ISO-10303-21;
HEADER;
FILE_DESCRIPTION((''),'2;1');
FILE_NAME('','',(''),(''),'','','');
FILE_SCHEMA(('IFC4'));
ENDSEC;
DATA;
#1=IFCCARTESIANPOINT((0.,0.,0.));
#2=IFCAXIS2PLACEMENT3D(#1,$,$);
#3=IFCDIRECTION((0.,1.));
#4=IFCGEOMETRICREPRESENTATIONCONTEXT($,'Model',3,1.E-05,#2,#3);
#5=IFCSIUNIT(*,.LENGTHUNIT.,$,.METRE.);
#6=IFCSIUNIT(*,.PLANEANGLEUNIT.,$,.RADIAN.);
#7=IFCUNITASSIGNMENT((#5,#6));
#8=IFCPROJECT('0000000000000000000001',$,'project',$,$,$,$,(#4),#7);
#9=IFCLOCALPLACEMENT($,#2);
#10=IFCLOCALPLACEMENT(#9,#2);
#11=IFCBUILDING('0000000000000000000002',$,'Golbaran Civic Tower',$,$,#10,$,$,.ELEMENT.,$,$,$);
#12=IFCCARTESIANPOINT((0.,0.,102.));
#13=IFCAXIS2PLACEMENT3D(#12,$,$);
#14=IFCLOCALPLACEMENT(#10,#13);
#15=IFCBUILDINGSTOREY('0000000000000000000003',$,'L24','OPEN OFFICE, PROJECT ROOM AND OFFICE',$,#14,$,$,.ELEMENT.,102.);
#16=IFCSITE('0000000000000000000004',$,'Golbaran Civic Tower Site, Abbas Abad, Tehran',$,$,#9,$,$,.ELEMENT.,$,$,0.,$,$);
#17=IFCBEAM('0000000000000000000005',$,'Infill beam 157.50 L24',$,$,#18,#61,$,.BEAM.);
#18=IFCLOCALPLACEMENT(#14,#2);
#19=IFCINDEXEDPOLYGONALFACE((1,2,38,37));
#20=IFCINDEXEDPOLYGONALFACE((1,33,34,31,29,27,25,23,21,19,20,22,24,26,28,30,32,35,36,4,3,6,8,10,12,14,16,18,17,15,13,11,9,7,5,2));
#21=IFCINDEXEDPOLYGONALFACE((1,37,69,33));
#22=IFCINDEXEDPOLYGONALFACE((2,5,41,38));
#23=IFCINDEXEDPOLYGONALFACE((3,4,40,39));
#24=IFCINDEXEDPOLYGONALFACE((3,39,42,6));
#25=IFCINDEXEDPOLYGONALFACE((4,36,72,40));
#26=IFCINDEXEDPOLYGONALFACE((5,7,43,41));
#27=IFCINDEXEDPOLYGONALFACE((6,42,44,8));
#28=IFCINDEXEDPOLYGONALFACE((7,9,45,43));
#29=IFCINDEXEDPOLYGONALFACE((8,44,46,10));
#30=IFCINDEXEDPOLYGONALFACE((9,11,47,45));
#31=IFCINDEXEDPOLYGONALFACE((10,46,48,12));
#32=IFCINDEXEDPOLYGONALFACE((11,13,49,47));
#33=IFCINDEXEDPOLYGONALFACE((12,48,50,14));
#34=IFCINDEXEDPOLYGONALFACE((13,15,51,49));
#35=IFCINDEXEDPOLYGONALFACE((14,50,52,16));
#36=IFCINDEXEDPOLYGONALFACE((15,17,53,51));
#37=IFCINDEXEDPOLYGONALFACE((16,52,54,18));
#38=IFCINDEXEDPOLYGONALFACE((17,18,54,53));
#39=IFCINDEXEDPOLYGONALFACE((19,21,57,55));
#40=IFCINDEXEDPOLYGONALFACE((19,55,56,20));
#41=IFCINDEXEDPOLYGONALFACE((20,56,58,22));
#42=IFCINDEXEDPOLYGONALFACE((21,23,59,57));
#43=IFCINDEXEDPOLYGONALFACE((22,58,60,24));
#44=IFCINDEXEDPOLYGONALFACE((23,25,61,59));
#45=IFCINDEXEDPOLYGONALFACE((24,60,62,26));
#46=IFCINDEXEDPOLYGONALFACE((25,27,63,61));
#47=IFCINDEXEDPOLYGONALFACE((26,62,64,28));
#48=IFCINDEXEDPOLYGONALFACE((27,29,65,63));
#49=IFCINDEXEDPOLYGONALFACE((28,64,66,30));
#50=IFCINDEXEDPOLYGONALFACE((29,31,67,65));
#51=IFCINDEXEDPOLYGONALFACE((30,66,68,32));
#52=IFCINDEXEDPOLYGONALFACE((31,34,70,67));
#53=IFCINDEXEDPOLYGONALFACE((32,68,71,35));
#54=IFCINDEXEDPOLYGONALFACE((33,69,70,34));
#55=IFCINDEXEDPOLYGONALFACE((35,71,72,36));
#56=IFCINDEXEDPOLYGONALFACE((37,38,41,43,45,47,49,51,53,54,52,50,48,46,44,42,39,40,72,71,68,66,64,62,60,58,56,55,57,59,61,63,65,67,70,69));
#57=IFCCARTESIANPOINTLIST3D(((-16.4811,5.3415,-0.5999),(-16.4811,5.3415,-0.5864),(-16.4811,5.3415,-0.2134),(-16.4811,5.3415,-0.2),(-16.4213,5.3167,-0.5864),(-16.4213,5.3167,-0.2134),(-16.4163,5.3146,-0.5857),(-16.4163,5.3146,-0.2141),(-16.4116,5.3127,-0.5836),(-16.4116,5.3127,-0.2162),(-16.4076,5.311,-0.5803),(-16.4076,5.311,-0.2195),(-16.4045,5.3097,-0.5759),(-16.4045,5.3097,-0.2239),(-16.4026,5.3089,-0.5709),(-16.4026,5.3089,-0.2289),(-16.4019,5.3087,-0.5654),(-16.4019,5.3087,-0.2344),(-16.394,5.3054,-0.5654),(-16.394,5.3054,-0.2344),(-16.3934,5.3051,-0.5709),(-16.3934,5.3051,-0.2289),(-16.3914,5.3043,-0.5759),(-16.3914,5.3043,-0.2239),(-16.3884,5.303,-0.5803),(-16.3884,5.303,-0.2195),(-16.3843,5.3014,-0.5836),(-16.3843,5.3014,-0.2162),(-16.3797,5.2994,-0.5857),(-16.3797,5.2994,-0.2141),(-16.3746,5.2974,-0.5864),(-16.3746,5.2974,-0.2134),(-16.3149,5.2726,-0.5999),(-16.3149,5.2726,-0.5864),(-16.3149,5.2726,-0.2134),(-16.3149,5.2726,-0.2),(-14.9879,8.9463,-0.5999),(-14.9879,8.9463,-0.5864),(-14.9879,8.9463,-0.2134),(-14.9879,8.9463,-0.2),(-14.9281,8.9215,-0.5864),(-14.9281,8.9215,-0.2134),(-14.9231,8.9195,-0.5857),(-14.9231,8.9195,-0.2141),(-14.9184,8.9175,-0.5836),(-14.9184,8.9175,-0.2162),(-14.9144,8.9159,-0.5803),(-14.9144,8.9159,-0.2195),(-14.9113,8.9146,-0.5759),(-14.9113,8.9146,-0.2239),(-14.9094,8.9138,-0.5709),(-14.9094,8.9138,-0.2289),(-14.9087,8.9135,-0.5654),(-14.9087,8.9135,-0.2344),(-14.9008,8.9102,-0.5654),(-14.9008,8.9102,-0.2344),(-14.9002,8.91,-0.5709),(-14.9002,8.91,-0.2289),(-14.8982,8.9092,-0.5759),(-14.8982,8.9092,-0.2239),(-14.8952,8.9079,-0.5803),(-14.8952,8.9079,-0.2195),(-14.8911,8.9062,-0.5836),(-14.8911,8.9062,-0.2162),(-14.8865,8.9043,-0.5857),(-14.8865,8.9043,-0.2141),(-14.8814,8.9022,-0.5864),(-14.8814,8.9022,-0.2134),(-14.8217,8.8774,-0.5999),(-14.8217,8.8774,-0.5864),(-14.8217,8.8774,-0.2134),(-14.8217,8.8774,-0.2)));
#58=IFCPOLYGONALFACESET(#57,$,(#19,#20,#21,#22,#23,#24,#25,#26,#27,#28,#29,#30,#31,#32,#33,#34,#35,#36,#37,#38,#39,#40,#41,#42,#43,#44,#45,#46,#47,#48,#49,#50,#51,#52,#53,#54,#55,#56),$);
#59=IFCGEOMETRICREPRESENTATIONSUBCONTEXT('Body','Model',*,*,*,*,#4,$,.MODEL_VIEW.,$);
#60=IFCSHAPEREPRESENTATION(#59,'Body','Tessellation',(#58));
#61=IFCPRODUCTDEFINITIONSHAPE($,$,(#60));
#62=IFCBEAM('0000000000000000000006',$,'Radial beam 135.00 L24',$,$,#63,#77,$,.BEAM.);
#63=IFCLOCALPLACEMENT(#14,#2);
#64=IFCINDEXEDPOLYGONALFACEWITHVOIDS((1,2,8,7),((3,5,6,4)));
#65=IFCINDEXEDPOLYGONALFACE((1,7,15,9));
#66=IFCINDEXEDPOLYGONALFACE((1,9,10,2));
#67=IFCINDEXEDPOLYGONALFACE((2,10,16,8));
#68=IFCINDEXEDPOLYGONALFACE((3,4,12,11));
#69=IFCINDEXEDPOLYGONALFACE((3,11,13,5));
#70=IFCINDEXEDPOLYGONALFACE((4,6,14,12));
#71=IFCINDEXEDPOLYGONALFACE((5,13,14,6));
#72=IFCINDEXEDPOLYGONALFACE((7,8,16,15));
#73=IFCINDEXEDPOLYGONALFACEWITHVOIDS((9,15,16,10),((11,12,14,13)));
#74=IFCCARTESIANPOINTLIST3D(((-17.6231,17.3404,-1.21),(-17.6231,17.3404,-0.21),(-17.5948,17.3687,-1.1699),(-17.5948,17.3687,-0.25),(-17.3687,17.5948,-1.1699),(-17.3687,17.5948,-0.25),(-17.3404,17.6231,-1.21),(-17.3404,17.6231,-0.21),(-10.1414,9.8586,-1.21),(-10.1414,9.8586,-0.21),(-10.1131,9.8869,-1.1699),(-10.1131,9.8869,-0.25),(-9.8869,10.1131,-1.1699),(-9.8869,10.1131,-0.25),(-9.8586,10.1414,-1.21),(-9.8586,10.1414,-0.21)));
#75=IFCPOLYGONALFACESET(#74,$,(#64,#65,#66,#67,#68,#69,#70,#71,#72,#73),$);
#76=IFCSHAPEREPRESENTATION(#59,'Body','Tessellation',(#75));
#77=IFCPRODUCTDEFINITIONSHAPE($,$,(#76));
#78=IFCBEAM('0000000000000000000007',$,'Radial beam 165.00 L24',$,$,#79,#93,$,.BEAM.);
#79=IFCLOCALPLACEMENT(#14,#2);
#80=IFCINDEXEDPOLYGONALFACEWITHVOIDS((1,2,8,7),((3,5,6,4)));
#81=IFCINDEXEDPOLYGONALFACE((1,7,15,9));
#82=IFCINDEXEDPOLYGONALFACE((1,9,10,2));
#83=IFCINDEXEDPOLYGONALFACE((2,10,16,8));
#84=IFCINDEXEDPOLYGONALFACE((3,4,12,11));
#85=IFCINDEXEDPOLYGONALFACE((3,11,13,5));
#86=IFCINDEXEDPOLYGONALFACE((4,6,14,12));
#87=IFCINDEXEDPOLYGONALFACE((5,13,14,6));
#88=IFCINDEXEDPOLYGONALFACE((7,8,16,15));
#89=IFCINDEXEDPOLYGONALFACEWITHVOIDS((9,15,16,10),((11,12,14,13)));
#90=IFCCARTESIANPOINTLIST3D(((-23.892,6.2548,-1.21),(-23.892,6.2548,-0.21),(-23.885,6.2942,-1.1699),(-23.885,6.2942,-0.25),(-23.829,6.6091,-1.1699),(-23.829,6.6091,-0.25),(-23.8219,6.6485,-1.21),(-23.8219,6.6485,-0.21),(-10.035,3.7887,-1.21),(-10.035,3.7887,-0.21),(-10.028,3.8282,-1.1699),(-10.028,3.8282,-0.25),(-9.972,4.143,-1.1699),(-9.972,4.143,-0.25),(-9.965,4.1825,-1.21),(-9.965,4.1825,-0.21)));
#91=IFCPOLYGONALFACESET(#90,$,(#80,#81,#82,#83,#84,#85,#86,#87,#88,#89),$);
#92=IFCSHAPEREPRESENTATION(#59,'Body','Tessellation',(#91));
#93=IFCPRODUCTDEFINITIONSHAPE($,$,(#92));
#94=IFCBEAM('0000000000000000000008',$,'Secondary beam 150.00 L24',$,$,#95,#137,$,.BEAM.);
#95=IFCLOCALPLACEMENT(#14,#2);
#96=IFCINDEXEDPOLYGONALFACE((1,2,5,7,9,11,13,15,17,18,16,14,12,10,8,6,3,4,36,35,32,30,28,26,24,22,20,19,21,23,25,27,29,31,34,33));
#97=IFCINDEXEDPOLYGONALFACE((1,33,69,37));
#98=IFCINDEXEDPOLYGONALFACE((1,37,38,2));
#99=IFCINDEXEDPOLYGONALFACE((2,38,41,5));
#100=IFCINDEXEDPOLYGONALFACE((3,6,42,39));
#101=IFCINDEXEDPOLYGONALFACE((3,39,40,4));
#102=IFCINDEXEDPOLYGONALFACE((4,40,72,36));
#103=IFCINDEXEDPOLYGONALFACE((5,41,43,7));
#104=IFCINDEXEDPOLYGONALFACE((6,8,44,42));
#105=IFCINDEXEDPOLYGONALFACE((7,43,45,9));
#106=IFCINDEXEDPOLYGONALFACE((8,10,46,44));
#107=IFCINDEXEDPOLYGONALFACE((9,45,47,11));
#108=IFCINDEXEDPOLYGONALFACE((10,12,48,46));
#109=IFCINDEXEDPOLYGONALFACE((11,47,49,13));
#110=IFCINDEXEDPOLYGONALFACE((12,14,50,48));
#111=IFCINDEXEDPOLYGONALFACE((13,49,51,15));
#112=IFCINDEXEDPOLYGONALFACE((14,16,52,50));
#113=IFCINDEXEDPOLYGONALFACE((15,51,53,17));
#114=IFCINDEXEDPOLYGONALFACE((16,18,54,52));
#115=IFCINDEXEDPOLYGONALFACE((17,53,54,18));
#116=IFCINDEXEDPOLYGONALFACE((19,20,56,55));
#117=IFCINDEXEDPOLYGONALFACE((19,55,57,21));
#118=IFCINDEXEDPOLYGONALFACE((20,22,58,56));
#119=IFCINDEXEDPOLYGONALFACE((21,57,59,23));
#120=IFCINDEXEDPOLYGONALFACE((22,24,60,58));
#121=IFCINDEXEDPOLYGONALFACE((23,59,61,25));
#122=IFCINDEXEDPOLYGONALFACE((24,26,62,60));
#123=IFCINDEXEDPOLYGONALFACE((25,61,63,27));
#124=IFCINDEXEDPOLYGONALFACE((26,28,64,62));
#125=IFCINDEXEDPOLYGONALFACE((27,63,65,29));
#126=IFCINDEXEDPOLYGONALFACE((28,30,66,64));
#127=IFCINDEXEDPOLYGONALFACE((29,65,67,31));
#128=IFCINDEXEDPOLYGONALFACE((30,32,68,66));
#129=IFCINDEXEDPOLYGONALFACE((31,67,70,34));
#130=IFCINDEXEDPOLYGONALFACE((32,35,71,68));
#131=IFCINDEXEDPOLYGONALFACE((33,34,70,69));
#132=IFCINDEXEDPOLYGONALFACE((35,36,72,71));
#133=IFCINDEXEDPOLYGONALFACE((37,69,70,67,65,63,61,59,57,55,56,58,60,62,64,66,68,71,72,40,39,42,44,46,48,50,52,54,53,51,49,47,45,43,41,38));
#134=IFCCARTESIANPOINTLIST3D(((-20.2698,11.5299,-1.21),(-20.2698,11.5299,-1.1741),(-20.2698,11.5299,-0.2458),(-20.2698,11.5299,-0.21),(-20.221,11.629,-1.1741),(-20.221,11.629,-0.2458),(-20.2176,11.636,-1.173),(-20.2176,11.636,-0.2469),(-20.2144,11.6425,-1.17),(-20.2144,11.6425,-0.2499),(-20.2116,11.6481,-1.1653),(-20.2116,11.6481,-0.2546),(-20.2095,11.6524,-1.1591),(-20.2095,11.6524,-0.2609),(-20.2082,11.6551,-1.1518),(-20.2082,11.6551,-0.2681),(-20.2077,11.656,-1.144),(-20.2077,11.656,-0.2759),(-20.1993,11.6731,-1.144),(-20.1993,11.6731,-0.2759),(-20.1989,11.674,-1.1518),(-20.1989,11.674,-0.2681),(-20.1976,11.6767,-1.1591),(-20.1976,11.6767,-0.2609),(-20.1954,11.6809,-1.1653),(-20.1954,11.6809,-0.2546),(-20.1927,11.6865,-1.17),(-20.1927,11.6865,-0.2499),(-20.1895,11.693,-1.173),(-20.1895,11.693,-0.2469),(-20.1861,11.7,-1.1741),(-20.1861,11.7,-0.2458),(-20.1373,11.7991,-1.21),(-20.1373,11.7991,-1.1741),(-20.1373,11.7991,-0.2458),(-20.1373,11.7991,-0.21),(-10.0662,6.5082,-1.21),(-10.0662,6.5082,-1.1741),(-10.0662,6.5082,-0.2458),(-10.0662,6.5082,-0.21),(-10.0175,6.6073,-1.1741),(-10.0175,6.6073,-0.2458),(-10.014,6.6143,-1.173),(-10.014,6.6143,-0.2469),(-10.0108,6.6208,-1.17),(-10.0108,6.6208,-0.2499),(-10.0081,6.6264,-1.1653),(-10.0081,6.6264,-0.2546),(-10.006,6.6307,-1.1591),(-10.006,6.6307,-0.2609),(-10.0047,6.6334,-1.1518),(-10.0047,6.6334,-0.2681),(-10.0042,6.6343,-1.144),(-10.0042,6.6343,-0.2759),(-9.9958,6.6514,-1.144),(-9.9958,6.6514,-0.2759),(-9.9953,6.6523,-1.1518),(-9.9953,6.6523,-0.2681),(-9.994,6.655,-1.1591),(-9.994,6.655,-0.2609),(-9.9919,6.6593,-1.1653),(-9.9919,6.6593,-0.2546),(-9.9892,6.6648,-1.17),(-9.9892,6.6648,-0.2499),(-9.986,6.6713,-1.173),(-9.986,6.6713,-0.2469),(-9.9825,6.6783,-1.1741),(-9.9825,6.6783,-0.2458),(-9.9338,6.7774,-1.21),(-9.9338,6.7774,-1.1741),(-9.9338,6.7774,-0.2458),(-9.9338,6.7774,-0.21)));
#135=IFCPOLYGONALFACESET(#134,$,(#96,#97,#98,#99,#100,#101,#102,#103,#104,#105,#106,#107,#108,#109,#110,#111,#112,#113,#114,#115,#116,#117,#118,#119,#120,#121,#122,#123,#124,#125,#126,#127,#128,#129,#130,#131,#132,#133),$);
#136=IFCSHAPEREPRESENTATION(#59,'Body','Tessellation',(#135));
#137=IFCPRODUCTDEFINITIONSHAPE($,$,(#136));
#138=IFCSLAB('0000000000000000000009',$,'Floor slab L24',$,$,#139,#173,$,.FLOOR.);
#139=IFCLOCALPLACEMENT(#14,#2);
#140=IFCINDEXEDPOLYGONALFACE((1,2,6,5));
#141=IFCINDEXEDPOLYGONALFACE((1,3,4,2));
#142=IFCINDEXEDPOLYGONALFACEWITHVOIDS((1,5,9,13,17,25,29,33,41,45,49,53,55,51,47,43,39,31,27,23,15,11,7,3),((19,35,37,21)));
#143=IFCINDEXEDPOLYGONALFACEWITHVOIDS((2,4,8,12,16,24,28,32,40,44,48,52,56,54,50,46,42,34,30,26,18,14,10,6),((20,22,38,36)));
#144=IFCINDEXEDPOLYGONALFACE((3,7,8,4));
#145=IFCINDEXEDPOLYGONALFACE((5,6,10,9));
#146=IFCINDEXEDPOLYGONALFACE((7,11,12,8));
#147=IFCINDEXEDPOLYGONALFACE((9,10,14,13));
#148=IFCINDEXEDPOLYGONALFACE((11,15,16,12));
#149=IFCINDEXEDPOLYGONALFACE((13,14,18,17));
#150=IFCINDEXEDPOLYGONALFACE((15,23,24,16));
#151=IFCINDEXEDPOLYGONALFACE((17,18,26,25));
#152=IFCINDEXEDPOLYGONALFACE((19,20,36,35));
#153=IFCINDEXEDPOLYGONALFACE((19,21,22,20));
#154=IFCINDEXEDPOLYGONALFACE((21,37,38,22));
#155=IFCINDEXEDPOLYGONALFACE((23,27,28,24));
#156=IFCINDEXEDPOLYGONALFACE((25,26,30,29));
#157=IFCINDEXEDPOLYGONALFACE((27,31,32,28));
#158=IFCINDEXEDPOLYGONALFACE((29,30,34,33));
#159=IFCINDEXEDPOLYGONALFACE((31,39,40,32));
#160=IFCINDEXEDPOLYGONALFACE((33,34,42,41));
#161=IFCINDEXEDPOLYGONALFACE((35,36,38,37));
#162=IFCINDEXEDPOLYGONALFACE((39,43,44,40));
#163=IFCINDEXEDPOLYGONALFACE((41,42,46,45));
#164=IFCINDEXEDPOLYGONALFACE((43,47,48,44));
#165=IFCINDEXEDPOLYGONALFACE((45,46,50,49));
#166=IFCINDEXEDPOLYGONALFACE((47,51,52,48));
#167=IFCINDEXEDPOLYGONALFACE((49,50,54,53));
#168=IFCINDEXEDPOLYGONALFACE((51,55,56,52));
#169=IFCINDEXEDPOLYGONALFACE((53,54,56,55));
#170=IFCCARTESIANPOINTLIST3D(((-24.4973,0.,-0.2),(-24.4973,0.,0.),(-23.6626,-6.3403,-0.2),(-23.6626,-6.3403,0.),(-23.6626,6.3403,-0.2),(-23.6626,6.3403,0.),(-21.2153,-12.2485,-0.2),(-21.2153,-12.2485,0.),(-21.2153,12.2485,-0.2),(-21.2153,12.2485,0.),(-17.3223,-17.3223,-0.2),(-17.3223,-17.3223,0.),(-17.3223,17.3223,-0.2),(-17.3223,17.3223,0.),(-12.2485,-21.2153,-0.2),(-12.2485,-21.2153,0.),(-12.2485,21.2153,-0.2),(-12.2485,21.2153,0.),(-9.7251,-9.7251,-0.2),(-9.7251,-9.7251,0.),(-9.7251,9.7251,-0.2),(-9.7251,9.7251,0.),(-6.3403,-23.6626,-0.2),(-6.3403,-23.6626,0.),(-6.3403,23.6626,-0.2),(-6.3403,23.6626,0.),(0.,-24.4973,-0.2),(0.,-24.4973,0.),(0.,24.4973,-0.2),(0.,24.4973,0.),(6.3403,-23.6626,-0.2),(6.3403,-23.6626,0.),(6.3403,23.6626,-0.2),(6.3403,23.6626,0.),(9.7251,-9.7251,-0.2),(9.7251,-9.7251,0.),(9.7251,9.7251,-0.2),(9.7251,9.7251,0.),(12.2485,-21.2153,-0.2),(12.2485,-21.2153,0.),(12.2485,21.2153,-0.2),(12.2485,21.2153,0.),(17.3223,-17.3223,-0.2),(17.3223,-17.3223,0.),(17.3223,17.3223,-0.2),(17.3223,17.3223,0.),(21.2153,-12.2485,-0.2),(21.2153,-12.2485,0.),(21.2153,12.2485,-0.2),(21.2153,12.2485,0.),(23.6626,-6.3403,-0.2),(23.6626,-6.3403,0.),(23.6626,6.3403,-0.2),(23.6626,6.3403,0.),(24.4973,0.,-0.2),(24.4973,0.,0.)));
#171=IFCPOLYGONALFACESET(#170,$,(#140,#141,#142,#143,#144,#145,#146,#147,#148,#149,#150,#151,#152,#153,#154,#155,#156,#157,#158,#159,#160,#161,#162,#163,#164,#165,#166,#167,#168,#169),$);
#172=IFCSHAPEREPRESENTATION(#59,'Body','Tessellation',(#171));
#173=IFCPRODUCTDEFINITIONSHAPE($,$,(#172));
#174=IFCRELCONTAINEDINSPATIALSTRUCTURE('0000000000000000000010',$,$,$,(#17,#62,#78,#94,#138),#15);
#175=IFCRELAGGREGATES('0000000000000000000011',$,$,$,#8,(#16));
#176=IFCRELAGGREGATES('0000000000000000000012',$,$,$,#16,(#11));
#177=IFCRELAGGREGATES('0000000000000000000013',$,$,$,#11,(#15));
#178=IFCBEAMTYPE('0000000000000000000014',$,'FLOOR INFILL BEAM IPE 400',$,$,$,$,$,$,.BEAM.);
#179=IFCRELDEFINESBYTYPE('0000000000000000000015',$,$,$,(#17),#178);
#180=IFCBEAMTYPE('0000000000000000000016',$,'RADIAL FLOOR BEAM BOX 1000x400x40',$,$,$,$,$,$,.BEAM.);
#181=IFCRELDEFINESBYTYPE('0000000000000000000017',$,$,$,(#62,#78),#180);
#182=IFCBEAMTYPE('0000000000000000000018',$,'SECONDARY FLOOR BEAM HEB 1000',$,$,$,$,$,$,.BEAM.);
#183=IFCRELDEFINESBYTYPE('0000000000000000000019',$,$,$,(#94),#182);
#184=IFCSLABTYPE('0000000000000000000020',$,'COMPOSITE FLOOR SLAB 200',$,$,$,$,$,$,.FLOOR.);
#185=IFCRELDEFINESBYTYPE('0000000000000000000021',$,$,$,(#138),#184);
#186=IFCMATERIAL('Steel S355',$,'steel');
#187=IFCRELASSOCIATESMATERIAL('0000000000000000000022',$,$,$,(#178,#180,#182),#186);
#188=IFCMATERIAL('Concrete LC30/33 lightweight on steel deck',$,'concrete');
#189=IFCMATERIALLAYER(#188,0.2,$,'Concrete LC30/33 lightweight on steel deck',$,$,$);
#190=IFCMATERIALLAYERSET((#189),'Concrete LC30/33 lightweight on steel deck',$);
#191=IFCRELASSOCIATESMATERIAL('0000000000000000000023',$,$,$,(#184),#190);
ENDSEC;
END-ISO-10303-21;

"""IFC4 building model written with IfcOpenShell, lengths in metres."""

from ifc_helpers import new_model, si_unit, direction, frame, origin, origin_2d, place, context, subcontext, project, spatial, polyline, hollow_rectangle, i_section, outline, extrude, material, layer, layer_set, material_profile, profile_set, type_object, element, save


model = new_model("IFC4")

# Units and contexts
model_context = context("Model", 3, precision=1e-05, world=origin(), true_north=direction((0.0, 1.0)))
body_context = subcontext(model_context, "Body", "Model", "MODEL_VIEW")
ifc_project = project(units=[si_unit("LENGTHUNIT", "METRE"), si_unit("PLANEANGLEUNIT", "RADIAN")], contexts=[model_context])

# Site, building, storey
site_placement = place(None, origin())
site = spatial("IfcSite", under=ifc_project, at=site_placement, Name="Golbaran Civic Tower Site, Abbas Abad, Tehran", CompositionType="ELEMENT", RefElevation=0.0)
building_placement = place(site_placement, origin())
building = spatial("IfcBuilding", under=site, at=building_placement, Name="Golbaran Civic Tower", CompositionType="ELEMENT")
storey_placement = place(building_placement, frame((0.0, 0.0, 102.0)))
storey = spatial("IfcBuildingStorey", under=building, at=storey_placement, Name="L24", Description="OPEN OFFICE, PROJECT ROOM AND OFFICE", CompositionType="ELEMENT", Elevation=102.0)

# Beams
ifc_material_1 = material(Name="Steel S355", Category="steel")
ifc_material_profile_1 = material_profile(ifc_material_1, i_section(OverallWidth=0.1799, OverallDepth=0.3999, WebThickness=0.0085, FlangeThickness=0.0134, FilletRadius=0.021, at=origin_2d()), Name="IPE 400")
ifc_profile_set_1 = profile_set([ifc_material_profile_1], Name="Steel S355")
beam_type_1 = type_object("IfcBeamType", Name="FLOOR INFILL BEAM IPE 400", PredefinedType="BEAM", material=ifc_profile_set_1)
beam_1_placement = place(storey_placement, frame((-14.9048, 8.9119, -0.3999), z_axis=(-0.382691, -0.923877, 0.0), x_axis=(0.923877, -0.382691, 0.0)))
element("IfcBeam", 1, at=beam_1_placement, inside=storey, type_object=beam_type_1, Name="Infill beam 157.50 L24", PredefinedType="BEAM", context=body_context, shape_type="SweptSolid", body=[
    extrude(i_section(OverallWidth=0.1799, OverallDepth=0.3999, WebThickness=0.0085, FlangeThickness=0.0134, FilletRadius=0.021, at=origin_2d()), origin(), (0.0, 0.0, 1.0), 3.9019),
])
ifc_material_profile_2 = material_profile(ifc_material_1, hollow_rectangle(XDim=0.3999, YDim=1.0, WallThickness=0.04, at=origin_2d()), Name="BOX 1000x400x40")
ifc_profile_set_2 = profile_set([ifc_material_profile_2], Name="Steel S355")
beam_type_2 = type_object("IfcBeamType", Name="RADIAL FLOOR BEAM BOX 1000x400x40", PredefinedType="BEAM", material=ifc_profile_set_2)
beam_2_placement = place(storey_placement, frame((-10.0, 10.0, -0.71), z_axis=(-0.707107, 0.707107, 0.0), x_axis=(-0.707107, -0.707107, 0.0)))
element("IfcBeam", 2, at=beam_2_placement, inside=storey, type_object=beam_type_2, Name="Radial beam 135.00 L24", PredefinedType="BEAM", context=body_context, shape_type="SweptSolid", body=[
    extrude(hollow_rectangle(XDim=0.3999, YDim=1.0, WallThickness=0.04, at=origin_2d()), origin(), (0.0, 0.0, 1.0), 10.5808),
])
beam_3_placement = place(storey_placement, frame((-10.0, 3.9856, -0.71), z_axis=(-0.984531, 0.175213, 0.0), x_axis=(-0.175213, -0.984531, 0.0)))
element("IfcBeam", 3, at=beam_3_placement, inside=storey, type_object=beam_type_2, Name="Radial beam 165.00 L24", PredefinedType="BEAM", context=body_context, shape_type="SweptSolid", body=[
    extrude(hollow_rectangle(XDim=0.3999, YDim=1.0, WallThickness=0.04, at=origin_2d()), origin(), (0.0, 0.0, 1.0), 14.0747),
])
ifc_material_profile_3 = material_profile(ifc_material_1, i_section(OverallWidth=0.3, OverallDepth=1.0, WebThickness=0.019, FlangeThickness=0.0359, FilletRadius=0.03, at=origin_2d()), Name="HEB 1000")
ifc_profile_set_3 = profile_set([ifc_material_profile_3], Name="Steel S355")
beam_type_3 = type_object("IfcBeamType", Name="SECONDARY FLOOR BEAM HEB 1000", PredefinedType="BEAM", material=ifc_profile_set_3)
beam_4_placement = place(storey_placement, frame((-10.0, 6.6428, -0.71), z_axis=(-0.897226, 0.441572, 0.0), x_axis=(-0.441572, -0.897226, 0.0)))
element("IfcBeam", 4, at=beam_4_placement, inside=storey, type_object=beam_type_3, Name="Secondary beam 150.00 L24", PredefinedType="BEAM", context=body_context, shape_type="SweptSolid", body=[
    extrude(i_section(OverallWidth=0.3, OverallDepth=1.0, WebThickness=0.019, FlangeThickness=0.0359, FilletRadius=0.03, at=origin_2d()), origin(), (0.0, 0.0, 1.0), 11.3723),
])

# Slab
ifc_material_2 = material(Name="Concrete LC30/33 lightweight on steel deck", Category="concrete")
ifc_layer_1 = layer(ifc_material_2, 0.2, Name="Concrete LC30/33 lightweight on steel deck")
ifc_layer_set_1 = layer_set([ifc_layer_1], Name="Concrete LC30/33 lightweight on steel deck")
slab_type_1 = type_object("IfcSlabType", Name="COMPOSITE FLOOR SLAB 200", PredefinedType="FLOOR", material=ifc_layer_set_1)
slab_1_placement = place(storey_placement, frame((0.0, 0.0, -0.2)))
element("IfcSlab", 5, at=slab_1_placement, inside=storey, type_object=slab_type_1, Name="Floor slab L24", PredefinedType="FLOOR", context=body_context, shape_type="SweptSolid", body=[
    extrude(outline(polyline([(21.2153, -12.2485), (17.3223, -17.3223), (12.2485, -21.2153), (6.3403, -23.6626), (0.0, -24.4973), (-6.3403, -23.6626), (-12.2485, -21.2153), (-17.3223, -17.3223), (-21.2153, -12.2485), (-23.6626, -6.3403), (-24.4973, 0.0), (-23.6626, 6.3403), (-21.2153, 12.2485), (-17.3223, 17.3223), (-12.2485, 21.2153), (-6.3403, 23.6626), (0.0, 24.4973), (6.3403, 23.6626), (12.2485, 21.2153), (17.3223, 17.3223), (21.2153, 12.2485), (23.6626, 6.3403), (24.4973, 0.0), (23.6626, -6.3403), (21.2153, -12.2485)]), holes=[polyline([(-9.7251, 9.7251), (-9.7251, -9.7251), (9.7251, -9.7251), (9.7251, 9.7251), (-9.7251, 9.7251)])]), origin(), (0.0, 0.0, 1.0), 0.2),
])

save(model, "model.ifc")
